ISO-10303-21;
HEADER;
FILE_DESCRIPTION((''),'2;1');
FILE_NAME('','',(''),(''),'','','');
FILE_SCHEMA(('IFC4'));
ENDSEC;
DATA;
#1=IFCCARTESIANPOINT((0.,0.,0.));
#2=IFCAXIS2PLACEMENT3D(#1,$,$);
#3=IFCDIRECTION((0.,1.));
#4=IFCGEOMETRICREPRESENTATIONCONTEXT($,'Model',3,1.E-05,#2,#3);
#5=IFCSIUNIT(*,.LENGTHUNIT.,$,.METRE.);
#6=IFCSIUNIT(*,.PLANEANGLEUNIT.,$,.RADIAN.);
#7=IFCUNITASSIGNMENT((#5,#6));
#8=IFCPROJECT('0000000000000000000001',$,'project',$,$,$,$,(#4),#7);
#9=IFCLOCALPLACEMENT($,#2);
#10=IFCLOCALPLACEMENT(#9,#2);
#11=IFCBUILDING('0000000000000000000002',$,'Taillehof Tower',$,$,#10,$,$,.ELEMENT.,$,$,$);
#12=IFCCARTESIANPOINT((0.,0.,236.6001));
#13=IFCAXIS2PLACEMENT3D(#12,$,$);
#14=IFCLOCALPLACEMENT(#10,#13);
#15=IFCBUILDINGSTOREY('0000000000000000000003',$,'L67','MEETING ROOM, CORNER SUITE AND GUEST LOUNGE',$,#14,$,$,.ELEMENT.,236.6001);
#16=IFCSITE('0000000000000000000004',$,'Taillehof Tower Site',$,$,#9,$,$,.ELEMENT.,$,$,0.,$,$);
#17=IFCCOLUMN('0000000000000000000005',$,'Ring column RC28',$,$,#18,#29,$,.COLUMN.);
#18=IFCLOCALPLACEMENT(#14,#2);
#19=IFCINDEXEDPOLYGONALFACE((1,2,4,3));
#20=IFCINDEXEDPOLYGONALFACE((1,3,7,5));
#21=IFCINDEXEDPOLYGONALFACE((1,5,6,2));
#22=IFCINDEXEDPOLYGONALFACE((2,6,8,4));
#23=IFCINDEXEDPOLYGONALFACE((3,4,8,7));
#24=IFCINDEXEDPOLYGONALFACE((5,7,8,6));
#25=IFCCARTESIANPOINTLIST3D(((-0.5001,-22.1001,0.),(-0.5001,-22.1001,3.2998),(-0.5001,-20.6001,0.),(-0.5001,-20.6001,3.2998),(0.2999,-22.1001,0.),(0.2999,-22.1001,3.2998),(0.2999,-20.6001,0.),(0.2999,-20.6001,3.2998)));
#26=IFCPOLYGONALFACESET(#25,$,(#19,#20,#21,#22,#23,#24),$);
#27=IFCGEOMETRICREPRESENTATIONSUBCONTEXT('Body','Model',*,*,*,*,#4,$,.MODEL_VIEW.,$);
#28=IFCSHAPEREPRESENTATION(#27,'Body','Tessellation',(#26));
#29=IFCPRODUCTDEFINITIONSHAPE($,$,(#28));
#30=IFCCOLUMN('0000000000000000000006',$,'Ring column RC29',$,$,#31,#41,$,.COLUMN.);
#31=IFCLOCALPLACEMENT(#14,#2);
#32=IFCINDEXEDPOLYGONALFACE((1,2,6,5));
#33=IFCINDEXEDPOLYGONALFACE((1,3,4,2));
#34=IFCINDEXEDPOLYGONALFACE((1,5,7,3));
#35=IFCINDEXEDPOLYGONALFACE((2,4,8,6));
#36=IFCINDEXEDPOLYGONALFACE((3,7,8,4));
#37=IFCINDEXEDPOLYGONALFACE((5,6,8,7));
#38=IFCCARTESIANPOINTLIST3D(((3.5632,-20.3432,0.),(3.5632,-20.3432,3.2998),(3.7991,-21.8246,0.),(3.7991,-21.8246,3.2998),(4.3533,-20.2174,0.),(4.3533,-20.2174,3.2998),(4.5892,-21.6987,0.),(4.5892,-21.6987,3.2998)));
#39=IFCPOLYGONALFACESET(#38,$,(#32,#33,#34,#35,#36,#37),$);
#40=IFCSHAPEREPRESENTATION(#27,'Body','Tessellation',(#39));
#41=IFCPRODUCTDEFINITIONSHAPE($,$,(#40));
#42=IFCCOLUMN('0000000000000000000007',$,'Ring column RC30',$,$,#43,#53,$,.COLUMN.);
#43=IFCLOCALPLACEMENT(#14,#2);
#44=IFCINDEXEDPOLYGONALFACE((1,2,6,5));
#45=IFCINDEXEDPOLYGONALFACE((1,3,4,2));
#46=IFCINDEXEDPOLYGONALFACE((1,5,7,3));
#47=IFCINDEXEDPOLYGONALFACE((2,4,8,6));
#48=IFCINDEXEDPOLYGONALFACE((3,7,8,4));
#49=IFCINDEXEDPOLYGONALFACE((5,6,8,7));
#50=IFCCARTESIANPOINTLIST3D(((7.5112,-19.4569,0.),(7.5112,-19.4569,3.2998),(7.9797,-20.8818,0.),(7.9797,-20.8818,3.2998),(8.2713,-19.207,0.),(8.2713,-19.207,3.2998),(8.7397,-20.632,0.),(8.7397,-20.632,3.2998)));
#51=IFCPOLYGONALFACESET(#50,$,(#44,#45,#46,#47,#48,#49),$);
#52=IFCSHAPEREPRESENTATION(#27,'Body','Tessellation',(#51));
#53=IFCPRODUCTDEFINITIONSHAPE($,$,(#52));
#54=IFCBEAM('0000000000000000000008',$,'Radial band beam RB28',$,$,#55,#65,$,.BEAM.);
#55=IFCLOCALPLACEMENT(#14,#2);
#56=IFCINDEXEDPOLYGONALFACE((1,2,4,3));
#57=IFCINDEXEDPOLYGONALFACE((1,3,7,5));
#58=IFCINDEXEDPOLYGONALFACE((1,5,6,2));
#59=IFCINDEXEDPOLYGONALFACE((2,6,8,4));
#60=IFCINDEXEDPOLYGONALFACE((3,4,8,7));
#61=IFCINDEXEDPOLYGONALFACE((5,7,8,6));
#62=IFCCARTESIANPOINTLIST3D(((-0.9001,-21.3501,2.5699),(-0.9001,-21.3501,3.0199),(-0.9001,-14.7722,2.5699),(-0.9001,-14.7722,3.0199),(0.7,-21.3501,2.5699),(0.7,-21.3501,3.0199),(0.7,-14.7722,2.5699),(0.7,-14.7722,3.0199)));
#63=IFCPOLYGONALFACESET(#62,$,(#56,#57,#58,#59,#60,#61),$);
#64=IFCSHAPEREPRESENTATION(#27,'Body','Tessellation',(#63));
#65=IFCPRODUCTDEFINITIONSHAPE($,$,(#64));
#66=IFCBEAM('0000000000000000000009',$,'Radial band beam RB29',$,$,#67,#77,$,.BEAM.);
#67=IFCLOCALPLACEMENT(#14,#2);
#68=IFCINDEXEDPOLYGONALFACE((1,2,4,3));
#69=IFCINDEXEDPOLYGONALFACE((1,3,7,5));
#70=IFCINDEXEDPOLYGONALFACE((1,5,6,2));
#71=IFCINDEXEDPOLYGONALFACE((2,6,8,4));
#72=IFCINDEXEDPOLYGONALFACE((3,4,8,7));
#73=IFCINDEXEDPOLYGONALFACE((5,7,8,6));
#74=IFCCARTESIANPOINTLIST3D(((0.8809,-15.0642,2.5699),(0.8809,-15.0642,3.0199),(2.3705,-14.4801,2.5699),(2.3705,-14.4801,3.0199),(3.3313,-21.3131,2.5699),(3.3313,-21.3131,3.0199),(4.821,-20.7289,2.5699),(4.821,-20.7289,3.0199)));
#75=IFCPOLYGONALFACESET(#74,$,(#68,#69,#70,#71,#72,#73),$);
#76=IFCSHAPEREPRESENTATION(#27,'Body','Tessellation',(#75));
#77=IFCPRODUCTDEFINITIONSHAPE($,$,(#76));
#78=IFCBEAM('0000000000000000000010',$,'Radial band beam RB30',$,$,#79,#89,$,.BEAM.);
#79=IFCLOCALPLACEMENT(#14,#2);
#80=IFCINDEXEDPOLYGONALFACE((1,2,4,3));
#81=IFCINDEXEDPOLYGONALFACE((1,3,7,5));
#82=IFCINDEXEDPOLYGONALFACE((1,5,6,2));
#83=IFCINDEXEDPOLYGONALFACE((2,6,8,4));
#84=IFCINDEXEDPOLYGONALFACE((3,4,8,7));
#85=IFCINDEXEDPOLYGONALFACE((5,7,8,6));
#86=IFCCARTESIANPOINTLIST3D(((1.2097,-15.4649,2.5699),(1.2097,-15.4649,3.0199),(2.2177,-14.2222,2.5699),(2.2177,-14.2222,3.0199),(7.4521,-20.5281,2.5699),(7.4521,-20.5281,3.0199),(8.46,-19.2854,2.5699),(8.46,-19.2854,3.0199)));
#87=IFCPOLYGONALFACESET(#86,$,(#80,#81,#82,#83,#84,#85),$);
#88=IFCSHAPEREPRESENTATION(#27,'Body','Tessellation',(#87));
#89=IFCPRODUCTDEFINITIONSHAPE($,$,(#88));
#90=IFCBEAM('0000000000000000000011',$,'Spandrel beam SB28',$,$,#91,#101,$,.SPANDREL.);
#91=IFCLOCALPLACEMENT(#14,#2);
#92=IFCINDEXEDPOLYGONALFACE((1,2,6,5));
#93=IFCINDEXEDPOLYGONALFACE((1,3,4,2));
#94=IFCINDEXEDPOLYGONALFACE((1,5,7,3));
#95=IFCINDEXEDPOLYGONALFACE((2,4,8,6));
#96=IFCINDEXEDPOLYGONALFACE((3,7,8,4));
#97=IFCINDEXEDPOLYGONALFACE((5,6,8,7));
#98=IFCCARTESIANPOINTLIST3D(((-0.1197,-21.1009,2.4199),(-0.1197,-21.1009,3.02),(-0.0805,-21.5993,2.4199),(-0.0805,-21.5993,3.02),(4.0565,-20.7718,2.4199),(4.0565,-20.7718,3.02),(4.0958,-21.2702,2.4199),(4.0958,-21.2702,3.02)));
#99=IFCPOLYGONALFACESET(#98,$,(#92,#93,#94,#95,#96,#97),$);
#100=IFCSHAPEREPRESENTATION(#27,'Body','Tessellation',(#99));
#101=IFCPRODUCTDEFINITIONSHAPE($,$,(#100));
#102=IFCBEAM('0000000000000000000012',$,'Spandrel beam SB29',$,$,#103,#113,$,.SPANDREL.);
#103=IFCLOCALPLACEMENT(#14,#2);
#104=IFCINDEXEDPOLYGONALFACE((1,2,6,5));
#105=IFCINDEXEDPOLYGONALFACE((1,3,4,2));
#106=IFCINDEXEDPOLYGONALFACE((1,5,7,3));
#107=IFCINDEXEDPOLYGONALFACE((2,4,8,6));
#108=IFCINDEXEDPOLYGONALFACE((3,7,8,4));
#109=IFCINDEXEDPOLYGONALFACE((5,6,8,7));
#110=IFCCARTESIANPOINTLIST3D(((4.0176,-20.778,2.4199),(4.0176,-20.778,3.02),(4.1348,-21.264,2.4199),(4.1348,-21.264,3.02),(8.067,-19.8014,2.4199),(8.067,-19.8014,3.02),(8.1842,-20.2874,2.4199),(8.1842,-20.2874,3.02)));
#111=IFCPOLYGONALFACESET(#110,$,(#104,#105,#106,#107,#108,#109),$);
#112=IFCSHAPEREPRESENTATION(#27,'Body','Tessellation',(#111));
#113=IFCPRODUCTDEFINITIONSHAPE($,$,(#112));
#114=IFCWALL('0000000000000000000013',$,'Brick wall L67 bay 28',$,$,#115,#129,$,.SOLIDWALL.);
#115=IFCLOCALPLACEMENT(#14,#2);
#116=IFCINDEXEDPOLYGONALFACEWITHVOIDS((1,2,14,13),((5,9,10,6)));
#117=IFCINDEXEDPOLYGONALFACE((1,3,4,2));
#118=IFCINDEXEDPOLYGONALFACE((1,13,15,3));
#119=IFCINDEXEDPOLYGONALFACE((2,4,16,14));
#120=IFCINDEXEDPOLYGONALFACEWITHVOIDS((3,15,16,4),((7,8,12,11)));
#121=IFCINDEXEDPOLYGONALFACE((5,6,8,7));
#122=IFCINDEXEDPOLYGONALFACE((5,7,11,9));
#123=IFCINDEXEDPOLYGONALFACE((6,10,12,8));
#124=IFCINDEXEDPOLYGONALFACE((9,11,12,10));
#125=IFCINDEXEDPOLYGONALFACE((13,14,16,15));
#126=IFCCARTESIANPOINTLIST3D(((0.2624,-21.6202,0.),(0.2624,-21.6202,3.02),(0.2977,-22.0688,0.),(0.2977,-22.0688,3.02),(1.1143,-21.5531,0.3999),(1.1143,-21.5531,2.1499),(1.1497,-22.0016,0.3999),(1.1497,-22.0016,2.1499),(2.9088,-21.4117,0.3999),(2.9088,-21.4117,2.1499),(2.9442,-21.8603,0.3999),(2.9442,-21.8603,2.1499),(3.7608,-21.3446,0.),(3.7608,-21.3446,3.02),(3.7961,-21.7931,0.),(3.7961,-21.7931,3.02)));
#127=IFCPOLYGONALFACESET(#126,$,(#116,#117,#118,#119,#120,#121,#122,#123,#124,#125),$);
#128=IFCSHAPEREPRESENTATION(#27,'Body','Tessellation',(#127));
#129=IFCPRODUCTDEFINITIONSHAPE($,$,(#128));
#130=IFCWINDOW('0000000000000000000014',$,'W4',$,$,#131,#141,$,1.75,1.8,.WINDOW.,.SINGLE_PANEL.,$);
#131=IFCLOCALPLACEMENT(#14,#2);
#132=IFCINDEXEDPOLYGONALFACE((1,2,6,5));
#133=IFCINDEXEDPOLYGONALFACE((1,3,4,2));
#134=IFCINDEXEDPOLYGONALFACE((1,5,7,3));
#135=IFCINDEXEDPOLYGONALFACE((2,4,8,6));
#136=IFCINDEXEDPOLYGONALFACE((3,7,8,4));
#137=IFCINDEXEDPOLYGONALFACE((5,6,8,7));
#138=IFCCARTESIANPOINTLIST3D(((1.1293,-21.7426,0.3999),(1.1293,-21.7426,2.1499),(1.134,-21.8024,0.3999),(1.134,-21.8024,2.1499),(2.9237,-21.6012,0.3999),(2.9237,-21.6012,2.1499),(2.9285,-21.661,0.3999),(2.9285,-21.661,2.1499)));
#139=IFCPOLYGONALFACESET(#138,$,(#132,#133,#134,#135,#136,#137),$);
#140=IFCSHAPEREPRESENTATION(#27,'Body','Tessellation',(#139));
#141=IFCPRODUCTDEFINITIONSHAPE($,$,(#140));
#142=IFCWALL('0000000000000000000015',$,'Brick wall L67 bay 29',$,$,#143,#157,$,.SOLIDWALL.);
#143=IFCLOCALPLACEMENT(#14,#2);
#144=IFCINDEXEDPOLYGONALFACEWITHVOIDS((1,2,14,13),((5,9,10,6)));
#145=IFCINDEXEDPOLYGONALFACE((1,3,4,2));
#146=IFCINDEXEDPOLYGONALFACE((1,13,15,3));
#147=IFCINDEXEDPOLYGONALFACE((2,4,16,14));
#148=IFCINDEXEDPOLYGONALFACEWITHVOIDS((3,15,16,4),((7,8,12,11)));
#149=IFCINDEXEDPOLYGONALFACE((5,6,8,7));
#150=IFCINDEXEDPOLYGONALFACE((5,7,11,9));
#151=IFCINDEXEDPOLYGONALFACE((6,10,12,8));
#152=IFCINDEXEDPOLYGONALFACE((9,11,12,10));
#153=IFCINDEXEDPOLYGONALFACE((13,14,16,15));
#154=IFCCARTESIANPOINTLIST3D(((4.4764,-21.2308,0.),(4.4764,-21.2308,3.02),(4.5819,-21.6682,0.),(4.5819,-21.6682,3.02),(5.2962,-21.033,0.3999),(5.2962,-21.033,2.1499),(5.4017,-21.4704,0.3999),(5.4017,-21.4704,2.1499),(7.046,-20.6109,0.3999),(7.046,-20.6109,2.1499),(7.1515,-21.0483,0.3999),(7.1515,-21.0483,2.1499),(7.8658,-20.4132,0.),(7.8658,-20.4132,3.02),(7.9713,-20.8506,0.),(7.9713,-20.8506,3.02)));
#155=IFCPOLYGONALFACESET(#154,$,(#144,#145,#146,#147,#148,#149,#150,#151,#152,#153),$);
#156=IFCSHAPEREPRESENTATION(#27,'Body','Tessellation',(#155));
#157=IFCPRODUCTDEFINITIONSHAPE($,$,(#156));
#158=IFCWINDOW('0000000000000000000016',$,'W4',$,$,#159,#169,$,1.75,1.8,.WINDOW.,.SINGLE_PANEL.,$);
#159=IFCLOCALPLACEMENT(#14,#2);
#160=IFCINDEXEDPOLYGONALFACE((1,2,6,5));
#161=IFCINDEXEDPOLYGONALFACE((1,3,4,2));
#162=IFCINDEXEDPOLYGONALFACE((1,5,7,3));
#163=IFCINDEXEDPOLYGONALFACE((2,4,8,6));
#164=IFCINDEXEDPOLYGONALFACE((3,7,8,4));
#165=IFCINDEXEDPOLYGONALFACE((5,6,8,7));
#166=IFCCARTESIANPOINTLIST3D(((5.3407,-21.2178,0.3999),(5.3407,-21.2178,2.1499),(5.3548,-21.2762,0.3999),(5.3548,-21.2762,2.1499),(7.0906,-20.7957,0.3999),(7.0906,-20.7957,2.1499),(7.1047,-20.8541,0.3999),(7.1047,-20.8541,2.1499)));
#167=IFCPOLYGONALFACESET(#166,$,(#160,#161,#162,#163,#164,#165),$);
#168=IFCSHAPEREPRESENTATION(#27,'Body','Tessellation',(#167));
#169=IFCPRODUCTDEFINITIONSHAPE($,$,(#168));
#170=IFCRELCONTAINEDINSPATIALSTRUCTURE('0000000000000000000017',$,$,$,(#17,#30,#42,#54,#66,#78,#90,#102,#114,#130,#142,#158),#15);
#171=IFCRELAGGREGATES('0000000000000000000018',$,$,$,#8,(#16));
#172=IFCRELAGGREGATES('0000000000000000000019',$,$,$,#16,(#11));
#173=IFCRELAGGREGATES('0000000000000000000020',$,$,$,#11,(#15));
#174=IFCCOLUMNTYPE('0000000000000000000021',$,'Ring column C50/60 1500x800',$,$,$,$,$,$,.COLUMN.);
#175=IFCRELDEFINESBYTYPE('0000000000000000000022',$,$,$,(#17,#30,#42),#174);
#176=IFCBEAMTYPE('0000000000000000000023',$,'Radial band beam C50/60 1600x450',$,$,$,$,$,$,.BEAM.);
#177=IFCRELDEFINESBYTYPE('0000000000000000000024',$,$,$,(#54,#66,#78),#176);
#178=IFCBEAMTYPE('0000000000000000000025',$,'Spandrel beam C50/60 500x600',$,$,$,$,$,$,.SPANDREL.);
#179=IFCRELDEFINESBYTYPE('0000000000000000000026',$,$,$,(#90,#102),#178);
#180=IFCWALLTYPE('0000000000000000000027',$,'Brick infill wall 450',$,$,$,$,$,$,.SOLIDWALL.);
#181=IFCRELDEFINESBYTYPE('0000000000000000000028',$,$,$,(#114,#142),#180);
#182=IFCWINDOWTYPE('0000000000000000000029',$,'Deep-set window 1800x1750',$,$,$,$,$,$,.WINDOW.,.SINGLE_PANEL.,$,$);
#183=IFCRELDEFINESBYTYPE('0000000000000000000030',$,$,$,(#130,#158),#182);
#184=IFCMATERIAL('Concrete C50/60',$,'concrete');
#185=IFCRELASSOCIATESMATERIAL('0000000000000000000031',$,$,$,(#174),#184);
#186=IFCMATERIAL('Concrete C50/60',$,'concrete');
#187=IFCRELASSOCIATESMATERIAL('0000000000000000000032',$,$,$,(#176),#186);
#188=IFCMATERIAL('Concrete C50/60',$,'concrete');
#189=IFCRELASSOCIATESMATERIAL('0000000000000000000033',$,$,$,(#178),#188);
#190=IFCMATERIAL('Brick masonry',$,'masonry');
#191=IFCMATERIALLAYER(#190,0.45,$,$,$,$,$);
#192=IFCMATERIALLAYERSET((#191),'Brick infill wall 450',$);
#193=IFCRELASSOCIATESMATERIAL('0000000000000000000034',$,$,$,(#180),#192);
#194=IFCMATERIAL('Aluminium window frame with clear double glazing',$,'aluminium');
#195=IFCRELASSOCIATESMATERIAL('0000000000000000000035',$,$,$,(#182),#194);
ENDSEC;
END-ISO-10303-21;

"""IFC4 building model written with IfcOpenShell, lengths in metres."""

from ifc_helpers import new_model, si_unit, direction, frame, frame_2d, origin, origin_2d, place, context, subcontext, project, spatial, rectangle, extrude, material, layer, layer_set, material_profile, profile_set, type_object, element, fill, save


model = new_model("IFC4")

# Units and contexts
model_context = context("Model", 3, precision=1e-05, world=origin(), true_north=direction((0.0, 1.0)))
body_context = subcontext(model_context, "Body", "Model", "MODEL_VIEW")
ifc_project = project(units=[si_unit("LENGTHUNIT", "METRE"), si_unit("PLANEANGLEUNIT", "RADIAN")], contexts=[model_context])

# Site, building, storey
site_placement = place(None, origin())
site = spatial("IfcSite", under=ifc_project, at=site_placement, Name="Taillehof Tower Site", CompositionType="ELEMENT", RefElevation=0.0)
building_placement = place(site_placement, origin())
building = spatial("IfcBuilding", under=site, at=building_placement, Name="Taillehof Tower", CompositionType="ELEMENT")
storey_placement = place(building_placement, frame((0.0, 0.0, 236.6001)))
storey = spatial("IfcBuildingStorey", under=building, at=storey_placement, Name="L67", Description="MEETING ROOM, CORNER SUITE AND GUEST LOUNGE", CompositionType="ELEMENT", Elevation=236.6001)

# Columns
ifc_material_1 = material(Name="Concrete C50/60", Category="concrete")
ifc_material_profile_1 = material_profile(ifc_material_1, rectangle(XDim=1.5, YDim=0.8, at=origin_2d()), Name="RC 1500x800")
ifc_profile_set_1 = profile_set([ifc_material_profile_1], Name="Concrete C50/60")
column_type = type_object("IfcColumnType", Name="Ring column C50/60 1500x800", PredefinedType="COLUMN", material=ifc_profile_set_1)
for number, where, z_axis, x_axis, name in (
    (1, (-0.1001, -21.3501, 0.0), (0.0, 0.0, 1.0), (0.0, -1.0, 0.0), "Ring column RC28"),
    (2, (4.0762, -21.021, 0.0), (0.0, 0.0, 1.0), (0.157281, -0.987554, 0.0), "Ring column RC29"),
    (3, (8.1255, -20.0444, 0.0), (0.0, 0.0, 1.0), (0.312304, -0.949982, 0.0), "Ring column RC30"),
):
    element("IfcColumn", number, at=place(storey_placement, frame(where, z_axis=z_axis, x_axis=x_axis)), inside=storey, type_object=column_type, Name=name, PredefinedType="COLUMN", context=body_context, shape_type="SweptSolid", body=[
        extrude(rectangle(XDim=1.5, YDim=0.8, at=origin_2d()), origin(), (0.0, 0.0, 1.0), 3.2998),
    ])

# Beams
ifc_material_2 = material(Name="Concrete C50/60", Category="concrete")
ifc_material_profile_2 = material_profile(ifc_material_2, rectangle(XDim=1.6001, YDim=0.45, at=origin_2d()), Name="RC 1600x450")
ifc_profile_set_2 = profile_set([ifc_material_profile_2], Name="Concrete C50/60")
beam_type_1 = type_object("IfcBeamType", Name="Radial band beam C50/60 1600x450", PredefinedType="BEAM", material=ifc_profile_set_2)
beam_1_placement = place(storey_placement, frame((-0.1001, -21.3501, 2.7949), z_axis=(0.0, 1.0, 0.0), x_axis=(-1.0, 0.0, 0.0)))
element("IfcBeam", 4, at=beam_1_placement, inside=storey, type_object=beam_type_1, Name="Radial band beam RB28", PredefinedType="BEAM", context=body_context, shape_type="SweptSolid", body=[
    extrude(rectangle(XDim=1.6001, YDim=0.45, at=origin_2d()), origin(), (0.0, 0.0, 1.0), 6.5779),
])
beam_2_placement = place(storey_placement, frame((4.0762, -21.021, 2.7949), z_axis=(-0.365079, 0.930976, 0.0), x_axis=(-0.930976, -0.365079, 0.0)))
element("IfcBeam", 5, at=beam_2_placement, inside=storey, type_object=beam_type_1, Name="Radial band beam RB29", PredefinedType="BEAM", context=body_context, shape_type="SweptSolid", body=[
    extrude(rectangle(XDim=1.6001, YDim=0.45, at=origin_2d()), origin(), (0.0, 0.0, 1.0), 6.7122),
])
beam_3_placement = place(storey_placement, frame((7.9561, -19.9067, 2.7949), z_axis=(-0.776646, 0.629937, 0.0), x_axis=(-0.629937, -0.776646, 0.0)))
element("IfcBeam", 6, at=beam_3_placement, inside=storey, type_object=beam_type_1, Name="Radial band beam RB30", PredefinedType="BEAM", context=body_context, shape_type="SweptSolid", body=[
    extrude(rectangle(XDim=1.6001, YDim=0.45, at=origin_2d()), origin(), (0.0, 0.0, 1.0), 8.0376),
])
ifc_material_3 = material(Name="Concrete C50/60", Category="concrete")
ifc_material_profile_3 = material_profile(ifc_material_3, rectangle(XDim=0.5, YDim=0.6001, at=origin_2d()), Name="RC 500x600")
ifc_profile_set_3 = profile_set([ifc_material_profile_3], Name="Concrete C50/60")
beam_type_2 = type_object("IfcBeamType", Name="Spandrel beam C50/60 500x600", PredefinedType="SPANDREL", material=ifc_profile_set_3)
beam_4_placement = place(storey_placement, frame((-0.1001, -21.3501, 2.72), z_axis=(0.996909, 0.078559, 0.0), x_axis=(-0.078559, 0.996909, 0.0)))
element("IfcBeam", 7, at=beam_4_placement, inside=storey, type_object=beam_type_2, Name="Spandrel beam SB28", PredefinedType="SPANDREL", context=body_context, shape_type="SweptSolid", body=[
    extrude(rectangle(XDim=0.5, YDim=0.6001, at=origin_2d()), origin(), (0.0, 0.0, 1.0), 4.1892),
])
beam_5_placement = place(storey_placement, frame((4.0762, -21.021, 2.72), z_axis=(0.972129, 0.234446, 0.0), x_axis=(-0.234446, 0.972129, 0.0)))
element("IfcBeam", 8, at=beam_5_placement, inside=storey, type_object=beam_type_2, Name="Spandrel beam SB29", PredefinedType="SPANDREL", context=body_context, shape_type="SweptSolid", body=[
    extrude(rectangle(XDim=0.5, YDim=0.6001, at=origin_2d()), origin(), (0.0, 0.0, 1.0), 4.1655),
])

# Walls, openings, windows
ifc_material_4 = material(Name="Brick masonry", Category="masonry")
ifc_layer = layer(ifc_material_4, 0.45)
ifc_layer_set = layer_set([ifc_layer], Name="Brick infill wall 450")
wall_type = type_object("IfcWallType", Name="Brick infill wall 450", PredefinedType="SOLIDWALL", material=ifc_layer_set)
wall_1_placement = place(storey_placement, frame((0.28, -21.8445, 0.0), z_axis=(0.0, 0.0, 1.0), x_axis=(0.996911, 0.078542, 0.0)))
wall_1 = element("IfcWall", 9, at=wall_1_placement, inside=storey, type_object=wall_type, Name="Brick wall L67 bay 28", PredefinedType="SOLIDWALL", context=body_context, shape_type="SweptSolid", body=[
    extrude(rectangle(XDim=3.5093, YDim=0.45, at=frame_2d((1.7546, 0.0))), origin(), (0.0, 0.0, 1.0), 3.02),
])
opening_1_placement = place(wall_1_placement, frame((0.8547, 0.0, 0.3999)))
opening_1 = element("IfcOpeningElement", 10, at=opening_1_placement, cuts=wall_1, PredefinedType="OPENING", context=body_context, shape_type="SweptSolid", body=[
    extrude(rectangle(XDim=1.8, YDim=1.75, at=frame_2d((0.8999, 0.875))), frame((0.0, 0.2349, 0.0), z_axis=(0.0, -1.0, 0.0), x_axis=(1.0, 0.0, 0.0)), (0.0, 0.0, 1.0), 0.47),
])
ifc_material_5 = material(Name="Aluminium window frame with clear double glazing", Category="aluminium")
window_type = type_object("IfcWindowType", Name="Deep-set window 1800x1750", PartitioningType="SINGLE_PANEL", PredefinedType="WINDOW", material=ifc_material_5)
window_1_placement = place(opening_1_placement, origin())
window_1 = element("IfcWindow", 11, at=window_1_placement, inside=storey, type_object=window_type, Name="W4", OverallHeight=1.75, OverallWidth=1.8, PartitioningType="SINGLE_PANEL", PredefinedType="WINDOW", context=body_context, shape_type="SweptSolid", body=[
    extrude(rectangle(XDim=1.8, YDim=1.75, at=frame_2d((0.8999, 0.875))), frame((0.0, 0.0349, 0.0), z_axis=(0.0, -1.0, 0.0), x_axis=(1.0, 0.0, 0.0)), (0.0, 0.0, 1.0), 0.0601),
])
fill(opening_1, window_1)
wall_2_placement = place(storey_placement, frame((4.5293, -21.4495, 0.0), z_axis=(0.0, 0.0, 1.0), x_axis=(0.972115, 0.234504, 0.0)))
wall_2 = element("IfcWall", 12, at=wall_2_placement, inside=storey, type_object=wall_type, Name="Brick wall L67 bay 29", PredefinedType="SOLIDWALL", context=body_context, shape_type="SweptSolid", body=[
    extrude(rectangle(XDim=3.4866, YDim=0.45, at=frame_2d((1.7432, 0.0))), origin(), (0.0, 0.0, 1.0), 3.02),
])
opening_2_placement = place(wall_2_placement, frame((0.8433, 0.0, 0.3999)))
opening_2 = element("IfcOpeningElement", 13, at=opening_2_placement, cuts=wall_2, PredefinedType="OPENING", context=body_context, shape_type="SweptSolid", body=[
    extrude(rectangle(XDim=1.8, YDim=1.75, at=frame_2d((0.8999, 0.875))), frame((0.0, 0.2349, 0.0), z_axis=(0.0, -1.0, 0.0), x_axis=(1.0, 0.0, 0.0)), (0.0, 0.0, 1.0), 0.47),
])
window_2_placement = place(opening_2_placement, origin())
window_2 = element("IfcWindow", 14, at=window_2_placement, inside=storey, type_object=window_type, Name="W4", OverallHeight=1.75, OverallWidth=1.8, PartitioningType="SINGLE_PANEL", PredefinedType="WINDOW", context=body_context, shape_type="SweptSolid", body=[
    extrude(rectangle(XDim=1.8, YDim=1.75, at=frame_2d((0.8999, 0.875))), frame((0.0, 0.0349, 0.0), z_axis=(0.0, -1.0, 0.0), x_axis=(1.0, 0.0, 0.0)), (0.0, 0.0, 1.0), 0.0601),
])
fill(opening_2, window_2)

save(model, "model.ifc")
